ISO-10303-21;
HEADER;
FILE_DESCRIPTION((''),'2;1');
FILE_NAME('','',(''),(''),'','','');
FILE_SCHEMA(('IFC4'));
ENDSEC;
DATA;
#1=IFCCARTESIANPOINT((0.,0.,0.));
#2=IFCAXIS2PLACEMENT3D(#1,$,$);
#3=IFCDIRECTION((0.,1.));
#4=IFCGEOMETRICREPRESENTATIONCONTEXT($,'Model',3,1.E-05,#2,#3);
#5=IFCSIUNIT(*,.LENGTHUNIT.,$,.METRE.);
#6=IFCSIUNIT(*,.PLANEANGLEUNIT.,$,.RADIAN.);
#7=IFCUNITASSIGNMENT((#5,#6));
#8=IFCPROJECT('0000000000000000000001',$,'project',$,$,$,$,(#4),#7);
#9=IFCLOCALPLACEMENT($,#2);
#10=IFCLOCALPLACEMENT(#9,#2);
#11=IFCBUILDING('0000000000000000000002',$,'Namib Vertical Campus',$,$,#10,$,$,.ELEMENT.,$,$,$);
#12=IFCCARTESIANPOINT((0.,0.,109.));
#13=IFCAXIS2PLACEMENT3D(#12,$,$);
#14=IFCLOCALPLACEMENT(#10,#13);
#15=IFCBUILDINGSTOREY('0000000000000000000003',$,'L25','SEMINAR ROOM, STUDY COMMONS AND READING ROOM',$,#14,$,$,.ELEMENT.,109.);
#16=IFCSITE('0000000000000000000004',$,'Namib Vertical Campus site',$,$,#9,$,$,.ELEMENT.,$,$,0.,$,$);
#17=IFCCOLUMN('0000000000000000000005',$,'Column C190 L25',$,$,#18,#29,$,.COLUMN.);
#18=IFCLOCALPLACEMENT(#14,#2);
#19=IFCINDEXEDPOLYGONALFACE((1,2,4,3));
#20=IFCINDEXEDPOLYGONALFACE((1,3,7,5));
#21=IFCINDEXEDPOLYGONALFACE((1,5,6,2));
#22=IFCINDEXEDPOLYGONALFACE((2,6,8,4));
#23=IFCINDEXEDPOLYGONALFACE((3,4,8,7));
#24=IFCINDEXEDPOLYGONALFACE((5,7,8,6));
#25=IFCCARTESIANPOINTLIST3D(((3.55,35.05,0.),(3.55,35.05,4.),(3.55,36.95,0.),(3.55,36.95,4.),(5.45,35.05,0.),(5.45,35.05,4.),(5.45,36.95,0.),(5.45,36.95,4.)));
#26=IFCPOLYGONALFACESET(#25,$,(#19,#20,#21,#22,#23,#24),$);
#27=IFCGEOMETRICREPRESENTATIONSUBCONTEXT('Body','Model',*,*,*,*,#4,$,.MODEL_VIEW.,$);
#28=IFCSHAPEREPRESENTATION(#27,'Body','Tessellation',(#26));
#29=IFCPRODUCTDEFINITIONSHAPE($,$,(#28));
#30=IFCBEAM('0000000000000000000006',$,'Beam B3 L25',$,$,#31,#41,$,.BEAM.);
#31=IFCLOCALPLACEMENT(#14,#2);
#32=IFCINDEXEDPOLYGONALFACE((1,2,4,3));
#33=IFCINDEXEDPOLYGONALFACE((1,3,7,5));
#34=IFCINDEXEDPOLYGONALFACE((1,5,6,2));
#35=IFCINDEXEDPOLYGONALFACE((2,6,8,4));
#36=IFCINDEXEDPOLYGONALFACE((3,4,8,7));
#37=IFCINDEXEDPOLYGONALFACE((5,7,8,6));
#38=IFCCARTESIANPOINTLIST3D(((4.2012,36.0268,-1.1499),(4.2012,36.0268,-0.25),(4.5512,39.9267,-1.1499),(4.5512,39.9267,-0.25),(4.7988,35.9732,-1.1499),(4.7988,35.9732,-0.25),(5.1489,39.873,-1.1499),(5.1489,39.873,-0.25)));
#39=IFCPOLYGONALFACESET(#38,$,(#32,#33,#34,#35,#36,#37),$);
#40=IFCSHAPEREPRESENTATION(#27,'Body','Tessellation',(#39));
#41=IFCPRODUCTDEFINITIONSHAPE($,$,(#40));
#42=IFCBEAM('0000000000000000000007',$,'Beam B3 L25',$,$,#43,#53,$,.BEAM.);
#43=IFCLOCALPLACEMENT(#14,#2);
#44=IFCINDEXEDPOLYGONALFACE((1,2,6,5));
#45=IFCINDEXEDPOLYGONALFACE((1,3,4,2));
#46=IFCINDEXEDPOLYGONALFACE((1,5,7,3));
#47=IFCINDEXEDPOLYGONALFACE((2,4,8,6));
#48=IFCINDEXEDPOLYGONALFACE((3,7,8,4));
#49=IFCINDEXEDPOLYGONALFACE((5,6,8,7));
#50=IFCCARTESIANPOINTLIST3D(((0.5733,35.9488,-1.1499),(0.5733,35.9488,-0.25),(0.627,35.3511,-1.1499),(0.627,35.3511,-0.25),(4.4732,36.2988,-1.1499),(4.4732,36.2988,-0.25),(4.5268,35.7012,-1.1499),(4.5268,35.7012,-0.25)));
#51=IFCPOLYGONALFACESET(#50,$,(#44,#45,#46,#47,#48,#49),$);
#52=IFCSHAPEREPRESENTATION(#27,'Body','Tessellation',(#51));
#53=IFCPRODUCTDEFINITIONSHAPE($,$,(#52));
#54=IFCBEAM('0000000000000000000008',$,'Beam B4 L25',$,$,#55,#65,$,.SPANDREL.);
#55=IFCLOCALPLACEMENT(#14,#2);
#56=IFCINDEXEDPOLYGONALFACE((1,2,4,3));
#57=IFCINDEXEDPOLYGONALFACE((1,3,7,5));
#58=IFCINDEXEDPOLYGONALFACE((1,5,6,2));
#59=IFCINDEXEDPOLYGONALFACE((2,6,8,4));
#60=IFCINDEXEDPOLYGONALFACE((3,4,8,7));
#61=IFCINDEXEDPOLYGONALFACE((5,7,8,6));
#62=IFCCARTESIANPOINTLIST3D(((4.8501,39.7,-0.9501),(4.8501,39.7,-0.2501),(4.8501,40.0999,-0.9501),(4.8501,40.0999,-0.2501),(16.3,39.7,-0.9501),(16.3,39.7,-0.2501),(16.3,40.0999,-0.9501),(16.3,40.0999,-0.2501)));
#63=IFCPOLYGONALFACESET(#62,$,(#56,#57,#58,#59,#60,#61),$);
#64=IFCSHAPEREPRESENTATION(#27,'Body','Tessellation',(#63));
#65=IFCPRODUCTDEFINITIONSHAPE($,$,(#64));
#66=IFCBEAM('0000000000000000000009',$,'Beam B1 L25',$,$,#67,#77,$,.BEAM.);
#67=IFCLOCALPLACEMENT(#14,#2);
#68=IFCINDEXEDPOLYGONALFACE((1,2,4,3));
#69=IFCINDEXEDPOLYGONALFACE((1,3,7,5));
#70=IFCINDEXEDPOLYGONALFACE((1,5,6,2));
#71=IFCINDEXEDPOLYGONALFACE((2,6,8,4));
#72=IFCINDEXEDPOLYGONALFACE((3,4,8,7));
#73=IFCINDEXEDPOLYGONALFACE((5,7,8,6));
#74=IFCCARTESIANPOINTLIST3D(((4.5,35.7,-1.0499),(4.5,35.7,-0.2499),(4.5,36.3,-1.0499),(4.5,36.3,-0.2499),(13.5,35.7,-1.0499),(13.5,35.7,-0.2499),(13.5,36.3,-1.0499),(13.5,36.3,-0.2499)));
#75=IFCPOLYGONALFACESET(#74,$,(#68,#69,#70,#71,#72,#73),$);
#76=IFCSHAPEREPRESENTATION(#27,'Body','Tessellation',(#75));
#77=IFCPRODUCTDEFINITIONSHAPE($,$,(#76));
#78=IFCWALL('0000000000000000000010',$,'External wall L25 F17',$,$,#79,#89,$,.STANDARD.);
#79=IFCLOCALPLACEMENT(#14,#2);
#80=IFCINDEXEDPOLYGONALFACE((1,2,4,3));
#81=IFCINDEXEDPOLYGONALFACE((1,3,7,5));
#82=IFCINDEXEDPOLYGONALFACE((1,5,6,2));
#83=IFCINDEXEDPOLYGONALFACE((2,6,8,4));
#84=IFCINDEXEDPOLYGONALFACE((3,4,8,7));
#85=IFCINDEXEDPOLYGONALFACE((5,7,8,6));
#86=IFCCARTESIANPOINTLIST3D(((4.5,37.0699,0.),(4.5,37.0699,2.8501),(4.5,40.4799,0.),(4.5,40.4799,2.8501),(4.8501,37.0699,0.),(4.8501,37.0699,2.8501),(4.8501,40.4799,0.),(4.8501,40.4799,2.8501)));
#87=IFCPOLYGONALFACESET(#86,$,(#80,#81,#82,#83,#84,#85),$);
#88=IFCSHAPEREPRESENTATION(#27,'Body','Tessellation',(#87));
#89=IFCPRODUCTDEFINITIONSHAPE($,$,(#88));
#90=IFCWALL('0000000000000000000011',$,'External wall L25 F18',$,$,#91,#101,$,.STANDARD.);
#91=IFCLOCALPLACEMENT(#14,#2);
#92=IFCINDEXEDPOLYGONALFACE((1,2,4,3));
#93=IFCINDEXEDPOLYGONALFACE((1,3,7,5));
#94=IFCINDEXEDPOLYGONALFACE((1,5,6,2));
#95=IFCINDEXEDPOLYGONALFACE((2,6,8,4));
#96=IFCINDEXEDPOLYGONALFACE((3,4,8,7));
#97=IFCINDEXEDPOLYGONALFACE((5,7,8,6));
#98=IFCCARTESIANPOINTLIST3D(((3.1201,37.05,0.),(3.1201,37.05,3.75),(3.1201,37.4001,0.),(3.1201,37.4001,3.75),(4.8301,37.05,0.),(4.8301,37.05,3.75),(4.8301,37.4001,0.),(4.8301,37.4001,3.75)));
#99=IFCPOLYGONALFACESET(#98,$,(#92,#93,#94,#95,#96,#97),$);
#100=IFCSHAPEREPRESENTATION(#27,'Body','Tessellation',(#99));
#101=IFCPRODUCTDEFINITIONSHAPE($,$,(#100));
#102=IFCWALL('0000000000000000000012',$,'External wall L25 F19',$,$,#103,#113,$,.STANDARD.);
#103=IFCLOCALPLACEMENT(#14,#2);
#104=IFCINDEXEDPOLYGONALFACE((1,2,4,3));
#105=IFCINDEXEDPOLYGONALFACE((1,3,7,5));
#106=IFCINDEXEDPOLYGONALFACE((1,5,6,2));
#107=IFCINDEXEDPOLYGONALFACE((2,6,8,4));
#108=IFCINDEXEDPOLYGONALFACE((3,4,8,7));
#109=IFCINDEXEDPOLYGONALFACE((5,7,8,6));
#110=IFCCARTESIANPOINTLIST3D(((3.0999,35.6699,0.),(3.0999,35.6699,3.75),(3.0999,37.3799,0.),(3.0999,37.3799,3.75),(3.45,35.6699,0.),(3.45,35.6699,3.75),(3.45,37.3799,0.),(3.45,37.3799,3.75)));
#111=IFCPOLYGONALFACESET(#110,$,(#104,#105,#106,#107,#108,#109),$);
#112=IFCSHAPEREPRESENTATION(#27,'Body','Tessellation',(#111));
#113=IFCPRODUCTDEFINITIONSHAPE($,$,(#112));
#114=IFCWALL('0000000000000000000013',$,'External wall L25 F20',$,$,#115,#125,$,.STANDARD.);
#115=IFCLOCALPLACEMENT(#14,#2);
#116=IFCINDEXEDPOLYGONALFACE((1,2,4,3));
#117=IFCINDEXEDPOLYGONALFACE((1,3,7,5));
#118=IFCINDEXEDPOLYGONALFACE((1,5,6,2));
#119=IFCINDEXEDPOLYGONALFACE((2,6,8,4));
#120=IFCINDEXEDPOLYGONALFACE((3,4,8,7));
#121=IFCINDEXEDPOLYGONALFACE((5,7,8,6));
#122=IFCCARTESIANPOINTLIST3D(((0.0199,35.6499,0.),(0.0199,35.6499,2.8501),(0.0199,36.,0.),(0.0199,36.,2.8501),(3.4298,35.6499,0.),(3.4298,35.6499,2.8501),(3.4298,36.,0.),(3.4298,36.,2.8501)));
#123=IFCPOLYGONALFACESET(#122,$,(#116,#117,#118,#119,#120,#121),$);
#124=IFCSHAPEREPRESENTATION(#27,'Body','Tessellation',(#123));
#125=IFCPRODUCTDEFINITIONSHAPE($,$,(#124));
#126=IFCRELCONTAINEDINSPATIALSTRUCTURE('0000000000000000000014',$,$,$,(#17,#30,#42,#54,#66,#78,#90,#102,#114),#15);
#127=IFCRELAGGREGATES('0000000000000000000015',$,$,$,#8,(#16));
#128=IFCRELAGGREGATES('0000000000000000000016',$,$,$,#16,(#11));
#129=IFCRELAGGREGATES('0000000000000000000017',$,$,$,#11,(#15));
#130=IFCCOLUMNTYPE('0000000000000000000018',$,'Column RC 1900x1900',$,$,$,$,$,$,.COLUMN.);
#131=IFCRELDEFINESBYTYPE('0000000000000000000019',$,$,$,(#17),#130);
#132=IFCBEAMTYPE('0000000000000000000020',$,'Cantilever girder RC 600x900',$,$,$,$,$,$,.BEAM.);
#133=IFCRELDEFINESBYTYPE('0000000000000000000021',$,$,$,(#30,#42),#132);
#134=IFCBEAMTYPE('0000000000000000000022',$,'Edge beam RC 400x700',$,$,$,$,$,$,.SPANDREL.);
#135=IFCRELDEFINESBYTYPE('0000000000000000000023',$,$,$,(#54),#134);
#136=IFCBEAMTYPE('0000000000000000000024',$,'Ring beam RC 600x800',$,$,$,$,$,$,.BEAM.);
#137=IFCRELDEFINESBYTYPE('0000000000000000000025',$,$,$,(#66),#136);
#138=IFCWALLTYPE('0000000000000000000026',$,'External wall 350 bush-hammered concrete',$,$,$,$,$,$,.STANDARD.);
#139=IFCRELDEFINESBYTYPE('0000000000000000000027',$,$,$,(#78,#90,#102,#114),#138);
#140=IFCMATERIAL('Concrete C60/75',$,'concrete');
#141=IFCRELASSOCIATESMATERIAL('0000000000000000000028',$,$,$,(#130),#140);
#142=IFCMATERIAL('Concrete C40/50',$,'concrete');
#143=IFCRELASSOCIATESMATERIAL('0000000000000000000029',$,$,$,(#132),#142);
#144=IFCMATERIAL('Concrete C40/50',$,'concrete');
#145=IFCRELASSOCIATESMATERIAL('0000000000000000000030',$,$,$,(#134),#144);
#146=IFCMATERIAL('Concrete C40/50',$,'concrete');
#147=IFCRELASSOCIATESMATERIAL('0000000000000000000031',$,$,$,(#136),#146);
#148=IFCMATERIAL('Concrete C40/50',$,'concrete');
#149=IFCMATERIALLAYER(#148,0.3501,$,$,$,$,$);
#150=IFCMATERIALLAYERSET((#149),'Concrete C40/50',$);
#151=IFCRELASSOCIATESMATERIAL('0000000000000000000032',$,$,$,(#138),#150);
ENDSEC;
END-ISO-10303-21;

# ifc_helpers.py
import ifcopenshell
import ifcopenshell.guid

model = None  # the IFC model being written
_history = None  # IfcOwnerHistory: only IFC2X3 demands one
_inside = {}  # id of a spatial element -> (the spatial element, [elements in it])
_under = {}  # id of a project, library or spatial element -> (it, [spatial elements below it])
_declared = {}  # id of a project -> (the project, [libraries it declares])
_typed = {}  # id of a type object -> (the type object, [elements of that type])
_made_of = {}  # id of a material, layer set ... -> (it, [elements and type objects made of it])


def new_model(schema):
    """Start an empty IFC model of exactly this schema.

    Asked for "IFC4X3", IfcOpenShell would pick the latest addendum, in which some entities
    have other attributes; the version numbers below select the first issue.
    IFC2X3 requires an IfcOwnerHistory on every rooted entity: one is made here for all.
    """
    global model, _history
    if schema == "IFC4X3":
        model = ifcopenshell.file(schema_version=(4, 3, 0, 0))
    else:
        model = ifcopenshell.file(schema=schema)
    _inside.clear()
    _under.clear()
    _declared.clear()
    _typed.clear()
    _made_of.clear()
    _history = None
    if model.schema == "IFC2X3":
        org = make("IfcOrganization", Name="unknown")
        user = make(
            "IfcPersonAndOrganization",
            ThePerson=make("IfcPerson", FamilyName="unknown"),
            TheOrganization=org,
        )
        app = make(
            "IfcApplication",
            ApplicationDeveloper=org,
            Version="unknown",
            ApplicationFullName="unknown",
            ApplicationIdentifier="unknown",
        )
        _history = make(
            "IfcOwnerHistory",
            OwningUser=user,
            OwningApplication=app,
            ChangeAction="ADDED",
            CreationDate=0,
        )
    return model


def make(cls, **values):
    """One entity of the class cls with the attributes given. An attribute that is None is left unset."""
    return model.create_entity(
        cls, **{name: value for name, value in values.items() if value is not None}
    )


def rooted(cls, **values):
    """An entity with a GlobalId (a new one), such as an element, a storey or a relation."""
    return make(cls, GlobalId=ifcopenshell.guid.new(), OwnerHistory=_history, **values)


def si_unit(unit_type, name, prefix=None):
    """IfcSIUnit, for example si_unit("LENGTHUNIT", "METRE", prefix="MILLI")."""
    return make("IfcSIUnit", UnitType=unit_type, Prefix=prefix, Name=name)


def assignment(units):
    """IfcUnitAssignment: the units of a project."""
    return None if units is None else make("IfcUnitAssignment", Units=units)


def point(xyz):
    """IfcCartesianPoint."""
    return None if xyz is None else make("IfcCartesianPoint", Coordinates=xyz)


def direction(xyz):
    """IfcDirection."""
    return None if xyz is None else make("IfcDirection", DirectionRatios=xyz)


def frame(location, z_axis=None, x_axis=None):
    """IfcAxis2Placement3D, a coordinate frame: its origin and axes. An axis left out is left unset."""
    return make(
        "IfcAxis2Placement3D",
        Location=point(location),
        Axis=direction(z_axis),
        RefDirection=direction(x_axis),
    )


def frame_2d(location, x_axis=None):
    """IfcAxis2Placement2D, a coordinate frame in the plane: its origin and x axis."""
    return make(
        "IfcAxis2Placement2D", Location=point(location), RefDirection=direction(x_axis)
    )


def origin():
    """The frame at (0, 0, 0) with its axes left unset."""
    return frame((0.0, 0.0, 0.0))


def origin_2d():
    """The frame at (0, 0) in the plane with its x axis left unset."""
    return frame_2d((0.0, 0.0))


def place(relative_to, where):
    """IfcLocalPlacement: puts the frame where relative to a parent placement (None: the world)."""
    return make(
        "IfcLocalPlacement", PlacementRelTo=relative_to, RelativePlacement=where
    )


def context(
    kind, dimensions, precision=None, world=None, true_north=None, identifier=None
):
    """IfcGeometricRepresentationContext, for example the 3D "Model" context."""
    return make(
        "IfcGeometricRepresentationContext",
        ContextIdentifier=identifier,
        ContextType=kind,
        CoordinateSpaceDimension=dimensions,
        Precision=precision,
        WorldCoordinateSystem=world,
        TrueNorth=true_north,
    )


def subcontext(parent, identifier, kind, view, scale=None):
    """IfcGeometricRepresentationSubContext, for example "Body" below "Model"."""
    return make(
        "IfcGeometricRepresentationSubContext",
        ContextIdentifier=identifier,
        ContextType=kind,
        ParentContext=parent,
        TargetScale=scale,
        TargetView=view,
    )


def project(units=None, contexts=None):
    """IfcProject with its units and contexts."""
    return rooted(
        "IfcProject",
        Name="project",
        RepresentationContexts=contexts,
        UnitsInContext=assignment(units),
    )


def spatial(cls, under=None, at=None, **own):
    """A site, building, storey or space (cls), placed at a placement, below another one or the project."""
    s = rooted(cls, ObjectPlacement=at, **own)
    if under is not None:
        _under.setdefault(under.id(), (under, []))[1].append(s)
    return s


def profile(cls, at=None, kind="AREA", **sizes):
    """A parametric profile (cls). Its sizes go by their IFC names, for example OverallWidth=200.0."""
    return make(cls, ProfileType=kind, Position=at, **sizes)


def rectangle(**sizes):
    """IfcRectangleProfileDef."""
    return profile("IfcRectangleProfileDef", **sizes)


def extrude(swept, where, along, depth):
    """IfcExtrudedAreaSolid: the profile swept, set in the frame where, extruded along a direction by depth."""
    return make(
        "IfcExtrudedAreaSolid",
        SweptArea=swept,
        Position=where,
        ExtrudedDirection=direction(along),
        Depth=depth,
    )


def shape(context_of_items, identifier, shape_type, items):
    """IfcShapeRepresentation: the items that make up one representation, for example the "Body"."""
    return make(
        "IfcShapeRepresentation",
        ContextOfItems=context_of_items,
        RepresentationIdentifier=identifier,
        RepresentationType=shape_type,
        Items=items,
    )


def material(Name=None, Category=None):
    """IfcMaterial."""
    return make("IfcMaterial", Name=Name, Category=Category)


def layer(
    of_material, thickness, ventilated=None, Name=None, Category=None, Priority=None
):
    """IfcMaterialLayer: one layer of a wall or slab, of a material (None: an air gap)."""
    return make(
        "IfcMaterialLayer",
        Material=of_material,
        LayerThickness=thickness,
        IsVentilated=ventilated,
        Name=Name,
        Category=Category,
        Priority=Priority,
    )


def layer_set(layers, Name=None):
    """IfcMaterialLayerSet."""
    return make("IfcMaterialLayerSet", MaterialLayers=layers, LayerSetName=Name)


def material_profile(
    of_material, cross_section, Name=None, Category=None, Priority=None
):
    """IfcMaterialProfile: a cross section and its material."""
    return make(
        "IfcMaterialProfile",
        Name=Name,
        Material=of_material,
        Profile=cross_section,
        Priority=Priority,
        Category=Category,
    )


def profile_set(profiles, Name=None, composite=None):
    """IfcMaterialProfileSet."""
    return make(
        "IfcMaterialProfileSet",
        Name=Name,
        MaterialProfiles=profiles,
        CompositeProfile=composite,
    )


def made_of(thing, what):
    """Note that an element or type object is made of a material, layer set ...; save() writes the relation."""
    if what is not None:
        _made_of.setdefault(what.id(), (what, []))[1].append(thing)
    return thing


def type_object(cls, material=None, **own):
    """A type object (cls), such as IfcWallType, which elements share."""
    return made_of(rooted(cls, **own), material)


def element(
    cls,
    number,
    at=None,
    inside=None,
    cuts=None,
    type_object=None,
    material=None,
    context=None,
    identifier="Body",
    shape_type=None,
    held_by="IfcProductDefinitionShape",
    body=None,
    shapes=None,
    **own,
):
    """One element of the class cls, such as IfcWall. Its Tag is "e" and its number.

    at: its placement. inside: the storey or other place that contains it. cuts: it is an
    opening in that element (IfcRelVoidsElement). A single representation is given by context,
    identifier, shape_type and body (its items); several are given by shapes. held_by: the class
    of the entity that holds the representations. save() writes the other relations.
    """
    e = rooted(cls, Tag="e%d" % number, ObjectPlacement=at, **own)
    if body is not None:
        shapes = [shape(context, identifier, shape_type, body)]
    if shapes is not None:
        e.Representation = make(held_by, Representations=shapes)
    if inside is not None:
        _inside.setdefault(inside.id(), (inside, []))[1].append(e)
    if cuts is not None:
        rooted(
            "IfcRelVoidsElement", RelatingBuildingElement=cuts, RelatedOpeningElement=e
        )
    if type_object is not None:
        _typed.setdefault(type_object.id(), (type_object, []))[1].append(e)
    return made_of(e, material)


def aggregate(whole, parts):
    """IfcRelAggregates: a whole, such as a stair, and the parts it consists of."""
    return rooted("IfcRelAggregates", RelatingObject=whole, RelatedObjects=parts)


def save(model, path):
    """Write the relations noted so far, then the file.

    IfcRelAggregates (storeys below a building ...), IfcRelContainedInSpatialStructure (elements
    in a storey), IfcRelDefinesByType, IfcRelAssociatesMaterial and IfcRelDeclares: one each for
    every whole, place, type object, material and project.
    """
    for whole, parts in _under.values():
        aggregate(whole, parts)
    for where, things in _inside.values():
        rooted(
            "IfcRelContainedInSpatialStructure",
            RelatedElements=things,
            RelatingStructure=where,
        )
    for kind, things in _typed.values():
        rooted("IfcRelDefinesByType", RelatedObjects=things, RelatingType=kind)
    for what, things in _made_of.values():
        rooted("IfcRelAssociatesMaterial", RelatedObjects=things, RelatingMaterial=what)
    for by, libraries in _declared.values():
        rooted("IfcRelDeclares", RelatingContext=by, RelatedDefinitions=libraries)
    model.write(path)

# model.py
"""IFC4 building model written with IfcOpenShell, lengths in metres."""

from ifc_helpers import new_model, si_unit, direction, frame, frame_2d, origin, origin_2d, place, context, subcontext, project, spatial, rectangle, extrude, material, layer, layer_set, material_profile, profile_set, type_object, element, save


model = new_model("IFC4")

# Units and contexts
model_context = context("Model", 3, precision=1e-05, world=origin(), true_north=direction((0.0, 1.0)))
body_context = subcontext(model_context, "Body", "Model", "MODEL_VIEW")
ifc_project = project(units=[si_unit("LENGTHUNIT", "METRE"), si_unit("PLANEANGLEUNIT", "RADIAN")], contexts=[model_context])

# Site, building, storey
site_placement = place(None, origin())
site = spatial("IfcSite", under=ifc_project, at=site_placement, Name="Namib Vertical Campus site", CompositionType="ELEMENT", RefElevation=0.0)
building_placement = place(site_placement, origin())
building = spatial("IfcBuilding", under=site, at=building_placement, Name="Namib Vertical Campus", CompositionType="ELEMENT")
storey_placement = place(building_placement, frame((0.0, 0.0, 109.0)))
storey = spatial("IfcBuildingStorey", under=building, at=storey_placement, Name="L25", Description="SEMINAR ROOM, STUDY COMMONS AND READING ROOM", CompositionType="ELEMENT", Elevation=109.0)

# Column
ifc_material_1 = material(Name="Concrete C60/75", Category="concrete")
ifc_material_profile_1 = material_profile(ifc_material_1, rectangle(XDim=1.8999, YDim=1.8999, at=origin_2d()))
ifc_profile_set_1 = profile_set([ifc_material_profile_1], Name="Concrete C60/75")
column_type = type_object("IfcColumnType", Name="Column RC 1900x1900", PredefinedType="COLUMN", material=ifc_profile_set_1)
column_placement = place(storey_placement, frame((4.5, 36.0, 0.0), z_axis=(0.0, 0.0, 1.0), x_axis=(1.0, 0.0, 0.0)))
element("IfcColumn", 1, at=column_placement, inside=storey, type_object=column_type, Name="Column C190 L25", PredefinedType="COLUMN", context=body_context, shape_type="SweptSolid", body=[
    extrude(rectangle(XDim=1.8999, YDim=1.8999, at=origin_2d()), origin(), (0.0, 0.0, 1.0), 4.0),
])

# Beams
ifc_material_2 = material(Name="Concrete C40/50", Category="concrete")
ifc_material_profile_2 = material_profile(ifc_material_2, rectangle(XDim=0.6001, YDim=0.8999, at=origin_2d()))
ifc_profile_set_2 = profile_set([ifc_material_profile_2], Name="Concrete C40/50")
beam_type_1 = type_object("IfcBeamType", Name="Cantilever girder RC 600x900", PredefinedType="BEAM", material=ifc_profile_set_2)
for number, where, z_axis, x_axis, name in (
    (2, (4.5, 36.0, -0.7), (0.089411, 0.995995, 0.0), (-0.995995, 0.089411, 0.0), "Beam B3 L25"),
    (3, (4.5, 36.0, -0.7), (-0.995995, -0.089411, 0.0), (0.089411, -0.995995, 0.0), "Beam B3 L25"),
):
    element("IfcBeam", number, at=place(storey_placement, frame(where, z_axis=z_axis, x_axis=x_axis)), inside=storey, type_object=beam_type_1, Name=name, PredefinedType="BEAM", context=body_context, shape_type="SweptSolid", body=[
        extrude(rectangle(XDim=0.6001, YDim=0.8999, at=origin_2d()), origin(), (0.0, 0.0, 1.0), 3.9155),
    ])
ifc_material_3 = material(Name="Concrete C40/50", Category="concrete")
ifc_material_profile_3 = material_profile(ifc_material_3, rectangle(XDim=0.3999, YDim=0.7, at=origin_2d()))
ifc_profile_set_3 = profile_set([ifc_material_profile_3], Name="Concrete C40/50")
beam_type_2 = type_object("IfcBeamType", Name="Edge beam RC 400x700", PredefinedType="SPANDREL", material=ifc_profile_set_3)
beam_1_placement = place(storey_placement, frame((4.8501, 39.8999, -0.6001), z_axis=(1.0, 0.0, 0.0), x_axis=(0.0, 1.0, 0.0)))
element("IfcBeam", 4, at=beam_1_placement, inside=storey, type_object=beam_type_2, Name="Beam B4 L25", PredefinedType="SPANDREL", context=body_context, shape_type="SweptSolid", body=[
    extrude(rectangle(XDim=0.3999, YDim=0.7, at=origin_2d()), origin(), (0.0, 0.0, 1.0), 11.45),
])
ifc_material_4 = material(Name="Concrete C40/50", Category="concrete")
ifc_material_profile_4 = material_profile(ifc_material_4, rectangle(XDim=0.6001, YDim=0.8, at=origin_2d()))
ifc_profile_set_4 = profile_set([ifc_material_profile_4], Name="Concrete C40/50")
beam_type_3 = type_object("IfcBeamType", Name="Ring beam RC 600x800", PredefinedType="BEAM", material=ifc_profile_set_4)
beam_2_placement = place(storey_placement, frame((4.5, 36.0, -0.6499), z_axis=(1.0, 0.0, 0.0), x_axis=(0.0, 1.0, 0.0)))
element("IfcBeam", 5, at=beam_2_placement, inside=storey, type_object=beam_type_3, Name="Beam B1 L25", PredefinedType="BEAM", context=body_context, shape_type="SweptSolid", body=[
    extrude(rectangle(XDim=0.6001, YDim=0.8, at=origin_2d()), origin(), (0.0, 0.0, 1.0), 9.0),
])

# Walls
ifc_material_5 = material(Name="Concrete C40/50", Category="concrete")
ifc_layer_1 = layer(ifc_material_5, 0.3501)
ifc_layer_set_1 = layer_set([ifc_layer_1], Name="Concrete C40/50")
wall_type_1 = type_object("IfcWallType", Name="External wall 350 bush-hammered concrete", PredefinedType="STANDARD", material=ifc_layer_set_1)
wall_1_placement = place(storey_placement, frame((4.675, 40.48, 0.0), z_axis=(0.0, 0.0, 1.0), x_axis=(0.0, -1.0, 0.0)))
element("IfcWall", 6, at=wall_1_placement, inside=storey, type_object=wall_type_1, Name="External wall L25 F17", PredefinedType="STANDARD", context=body_context, shape_type="SweptSolid", body=[
    extrude(rectangle(XDim=3.4099, YDim=0.3501, at=frame_2d((1.7051, 0.0))), origin(), (0.0, 0.0, 1.0), 2.8501),
])
for number, where, z_axis, x_axis, name in (
    (7, (4.8301, 37.2251, 0.0), (0.0, 0.0, 1.0), (-1.0, 0.0, 0.0), "External wall L25 F18"),
    (8, (3.2749, 37.3799, 0.0), (0.0, 0.0, 1.0), (0.0, -1.0, 0.0), "External wall L25 F19"),
):
    element("IfcWall", number, at=place(storey_placement, frame(where, z_axis=z_axis, x_axis=x_axis)), inside=storey, type_object=wall_type_1, Name=name, PredefinedType="STANDARD", context=body_context, shape_type="SweptSolid", body=[
        extrude(rectangle(XDim=1.71, YDim=0.3501, at=frame_2d((0.855, 0.0))), origin(), (0.0, 0.0, 1.0), 3.75),
    ])
wall_2_placement = place(storey_placement, frame((3.4299, 35.825, 0.0), z_axis=(0.0, 0.0, 1.0), x_axis=(-1.0, 0.0, 0.0)))
element("IfcWall", 9, at=wall_2_placement, inside=storey, type_object=wall_type_1, Name="External wall L25 F20", PredefinedType="STANDARD", context=body_context, shape_type="SweptSolid", body=[
    extrude(rectangle(XDim=3.4099, YDim=0.3501, at=frame_2d((1.7051, 0.0))), origin(), (0.0, 0.0, 1.0), 2.8501),
])

save(model, "model.ifc")
